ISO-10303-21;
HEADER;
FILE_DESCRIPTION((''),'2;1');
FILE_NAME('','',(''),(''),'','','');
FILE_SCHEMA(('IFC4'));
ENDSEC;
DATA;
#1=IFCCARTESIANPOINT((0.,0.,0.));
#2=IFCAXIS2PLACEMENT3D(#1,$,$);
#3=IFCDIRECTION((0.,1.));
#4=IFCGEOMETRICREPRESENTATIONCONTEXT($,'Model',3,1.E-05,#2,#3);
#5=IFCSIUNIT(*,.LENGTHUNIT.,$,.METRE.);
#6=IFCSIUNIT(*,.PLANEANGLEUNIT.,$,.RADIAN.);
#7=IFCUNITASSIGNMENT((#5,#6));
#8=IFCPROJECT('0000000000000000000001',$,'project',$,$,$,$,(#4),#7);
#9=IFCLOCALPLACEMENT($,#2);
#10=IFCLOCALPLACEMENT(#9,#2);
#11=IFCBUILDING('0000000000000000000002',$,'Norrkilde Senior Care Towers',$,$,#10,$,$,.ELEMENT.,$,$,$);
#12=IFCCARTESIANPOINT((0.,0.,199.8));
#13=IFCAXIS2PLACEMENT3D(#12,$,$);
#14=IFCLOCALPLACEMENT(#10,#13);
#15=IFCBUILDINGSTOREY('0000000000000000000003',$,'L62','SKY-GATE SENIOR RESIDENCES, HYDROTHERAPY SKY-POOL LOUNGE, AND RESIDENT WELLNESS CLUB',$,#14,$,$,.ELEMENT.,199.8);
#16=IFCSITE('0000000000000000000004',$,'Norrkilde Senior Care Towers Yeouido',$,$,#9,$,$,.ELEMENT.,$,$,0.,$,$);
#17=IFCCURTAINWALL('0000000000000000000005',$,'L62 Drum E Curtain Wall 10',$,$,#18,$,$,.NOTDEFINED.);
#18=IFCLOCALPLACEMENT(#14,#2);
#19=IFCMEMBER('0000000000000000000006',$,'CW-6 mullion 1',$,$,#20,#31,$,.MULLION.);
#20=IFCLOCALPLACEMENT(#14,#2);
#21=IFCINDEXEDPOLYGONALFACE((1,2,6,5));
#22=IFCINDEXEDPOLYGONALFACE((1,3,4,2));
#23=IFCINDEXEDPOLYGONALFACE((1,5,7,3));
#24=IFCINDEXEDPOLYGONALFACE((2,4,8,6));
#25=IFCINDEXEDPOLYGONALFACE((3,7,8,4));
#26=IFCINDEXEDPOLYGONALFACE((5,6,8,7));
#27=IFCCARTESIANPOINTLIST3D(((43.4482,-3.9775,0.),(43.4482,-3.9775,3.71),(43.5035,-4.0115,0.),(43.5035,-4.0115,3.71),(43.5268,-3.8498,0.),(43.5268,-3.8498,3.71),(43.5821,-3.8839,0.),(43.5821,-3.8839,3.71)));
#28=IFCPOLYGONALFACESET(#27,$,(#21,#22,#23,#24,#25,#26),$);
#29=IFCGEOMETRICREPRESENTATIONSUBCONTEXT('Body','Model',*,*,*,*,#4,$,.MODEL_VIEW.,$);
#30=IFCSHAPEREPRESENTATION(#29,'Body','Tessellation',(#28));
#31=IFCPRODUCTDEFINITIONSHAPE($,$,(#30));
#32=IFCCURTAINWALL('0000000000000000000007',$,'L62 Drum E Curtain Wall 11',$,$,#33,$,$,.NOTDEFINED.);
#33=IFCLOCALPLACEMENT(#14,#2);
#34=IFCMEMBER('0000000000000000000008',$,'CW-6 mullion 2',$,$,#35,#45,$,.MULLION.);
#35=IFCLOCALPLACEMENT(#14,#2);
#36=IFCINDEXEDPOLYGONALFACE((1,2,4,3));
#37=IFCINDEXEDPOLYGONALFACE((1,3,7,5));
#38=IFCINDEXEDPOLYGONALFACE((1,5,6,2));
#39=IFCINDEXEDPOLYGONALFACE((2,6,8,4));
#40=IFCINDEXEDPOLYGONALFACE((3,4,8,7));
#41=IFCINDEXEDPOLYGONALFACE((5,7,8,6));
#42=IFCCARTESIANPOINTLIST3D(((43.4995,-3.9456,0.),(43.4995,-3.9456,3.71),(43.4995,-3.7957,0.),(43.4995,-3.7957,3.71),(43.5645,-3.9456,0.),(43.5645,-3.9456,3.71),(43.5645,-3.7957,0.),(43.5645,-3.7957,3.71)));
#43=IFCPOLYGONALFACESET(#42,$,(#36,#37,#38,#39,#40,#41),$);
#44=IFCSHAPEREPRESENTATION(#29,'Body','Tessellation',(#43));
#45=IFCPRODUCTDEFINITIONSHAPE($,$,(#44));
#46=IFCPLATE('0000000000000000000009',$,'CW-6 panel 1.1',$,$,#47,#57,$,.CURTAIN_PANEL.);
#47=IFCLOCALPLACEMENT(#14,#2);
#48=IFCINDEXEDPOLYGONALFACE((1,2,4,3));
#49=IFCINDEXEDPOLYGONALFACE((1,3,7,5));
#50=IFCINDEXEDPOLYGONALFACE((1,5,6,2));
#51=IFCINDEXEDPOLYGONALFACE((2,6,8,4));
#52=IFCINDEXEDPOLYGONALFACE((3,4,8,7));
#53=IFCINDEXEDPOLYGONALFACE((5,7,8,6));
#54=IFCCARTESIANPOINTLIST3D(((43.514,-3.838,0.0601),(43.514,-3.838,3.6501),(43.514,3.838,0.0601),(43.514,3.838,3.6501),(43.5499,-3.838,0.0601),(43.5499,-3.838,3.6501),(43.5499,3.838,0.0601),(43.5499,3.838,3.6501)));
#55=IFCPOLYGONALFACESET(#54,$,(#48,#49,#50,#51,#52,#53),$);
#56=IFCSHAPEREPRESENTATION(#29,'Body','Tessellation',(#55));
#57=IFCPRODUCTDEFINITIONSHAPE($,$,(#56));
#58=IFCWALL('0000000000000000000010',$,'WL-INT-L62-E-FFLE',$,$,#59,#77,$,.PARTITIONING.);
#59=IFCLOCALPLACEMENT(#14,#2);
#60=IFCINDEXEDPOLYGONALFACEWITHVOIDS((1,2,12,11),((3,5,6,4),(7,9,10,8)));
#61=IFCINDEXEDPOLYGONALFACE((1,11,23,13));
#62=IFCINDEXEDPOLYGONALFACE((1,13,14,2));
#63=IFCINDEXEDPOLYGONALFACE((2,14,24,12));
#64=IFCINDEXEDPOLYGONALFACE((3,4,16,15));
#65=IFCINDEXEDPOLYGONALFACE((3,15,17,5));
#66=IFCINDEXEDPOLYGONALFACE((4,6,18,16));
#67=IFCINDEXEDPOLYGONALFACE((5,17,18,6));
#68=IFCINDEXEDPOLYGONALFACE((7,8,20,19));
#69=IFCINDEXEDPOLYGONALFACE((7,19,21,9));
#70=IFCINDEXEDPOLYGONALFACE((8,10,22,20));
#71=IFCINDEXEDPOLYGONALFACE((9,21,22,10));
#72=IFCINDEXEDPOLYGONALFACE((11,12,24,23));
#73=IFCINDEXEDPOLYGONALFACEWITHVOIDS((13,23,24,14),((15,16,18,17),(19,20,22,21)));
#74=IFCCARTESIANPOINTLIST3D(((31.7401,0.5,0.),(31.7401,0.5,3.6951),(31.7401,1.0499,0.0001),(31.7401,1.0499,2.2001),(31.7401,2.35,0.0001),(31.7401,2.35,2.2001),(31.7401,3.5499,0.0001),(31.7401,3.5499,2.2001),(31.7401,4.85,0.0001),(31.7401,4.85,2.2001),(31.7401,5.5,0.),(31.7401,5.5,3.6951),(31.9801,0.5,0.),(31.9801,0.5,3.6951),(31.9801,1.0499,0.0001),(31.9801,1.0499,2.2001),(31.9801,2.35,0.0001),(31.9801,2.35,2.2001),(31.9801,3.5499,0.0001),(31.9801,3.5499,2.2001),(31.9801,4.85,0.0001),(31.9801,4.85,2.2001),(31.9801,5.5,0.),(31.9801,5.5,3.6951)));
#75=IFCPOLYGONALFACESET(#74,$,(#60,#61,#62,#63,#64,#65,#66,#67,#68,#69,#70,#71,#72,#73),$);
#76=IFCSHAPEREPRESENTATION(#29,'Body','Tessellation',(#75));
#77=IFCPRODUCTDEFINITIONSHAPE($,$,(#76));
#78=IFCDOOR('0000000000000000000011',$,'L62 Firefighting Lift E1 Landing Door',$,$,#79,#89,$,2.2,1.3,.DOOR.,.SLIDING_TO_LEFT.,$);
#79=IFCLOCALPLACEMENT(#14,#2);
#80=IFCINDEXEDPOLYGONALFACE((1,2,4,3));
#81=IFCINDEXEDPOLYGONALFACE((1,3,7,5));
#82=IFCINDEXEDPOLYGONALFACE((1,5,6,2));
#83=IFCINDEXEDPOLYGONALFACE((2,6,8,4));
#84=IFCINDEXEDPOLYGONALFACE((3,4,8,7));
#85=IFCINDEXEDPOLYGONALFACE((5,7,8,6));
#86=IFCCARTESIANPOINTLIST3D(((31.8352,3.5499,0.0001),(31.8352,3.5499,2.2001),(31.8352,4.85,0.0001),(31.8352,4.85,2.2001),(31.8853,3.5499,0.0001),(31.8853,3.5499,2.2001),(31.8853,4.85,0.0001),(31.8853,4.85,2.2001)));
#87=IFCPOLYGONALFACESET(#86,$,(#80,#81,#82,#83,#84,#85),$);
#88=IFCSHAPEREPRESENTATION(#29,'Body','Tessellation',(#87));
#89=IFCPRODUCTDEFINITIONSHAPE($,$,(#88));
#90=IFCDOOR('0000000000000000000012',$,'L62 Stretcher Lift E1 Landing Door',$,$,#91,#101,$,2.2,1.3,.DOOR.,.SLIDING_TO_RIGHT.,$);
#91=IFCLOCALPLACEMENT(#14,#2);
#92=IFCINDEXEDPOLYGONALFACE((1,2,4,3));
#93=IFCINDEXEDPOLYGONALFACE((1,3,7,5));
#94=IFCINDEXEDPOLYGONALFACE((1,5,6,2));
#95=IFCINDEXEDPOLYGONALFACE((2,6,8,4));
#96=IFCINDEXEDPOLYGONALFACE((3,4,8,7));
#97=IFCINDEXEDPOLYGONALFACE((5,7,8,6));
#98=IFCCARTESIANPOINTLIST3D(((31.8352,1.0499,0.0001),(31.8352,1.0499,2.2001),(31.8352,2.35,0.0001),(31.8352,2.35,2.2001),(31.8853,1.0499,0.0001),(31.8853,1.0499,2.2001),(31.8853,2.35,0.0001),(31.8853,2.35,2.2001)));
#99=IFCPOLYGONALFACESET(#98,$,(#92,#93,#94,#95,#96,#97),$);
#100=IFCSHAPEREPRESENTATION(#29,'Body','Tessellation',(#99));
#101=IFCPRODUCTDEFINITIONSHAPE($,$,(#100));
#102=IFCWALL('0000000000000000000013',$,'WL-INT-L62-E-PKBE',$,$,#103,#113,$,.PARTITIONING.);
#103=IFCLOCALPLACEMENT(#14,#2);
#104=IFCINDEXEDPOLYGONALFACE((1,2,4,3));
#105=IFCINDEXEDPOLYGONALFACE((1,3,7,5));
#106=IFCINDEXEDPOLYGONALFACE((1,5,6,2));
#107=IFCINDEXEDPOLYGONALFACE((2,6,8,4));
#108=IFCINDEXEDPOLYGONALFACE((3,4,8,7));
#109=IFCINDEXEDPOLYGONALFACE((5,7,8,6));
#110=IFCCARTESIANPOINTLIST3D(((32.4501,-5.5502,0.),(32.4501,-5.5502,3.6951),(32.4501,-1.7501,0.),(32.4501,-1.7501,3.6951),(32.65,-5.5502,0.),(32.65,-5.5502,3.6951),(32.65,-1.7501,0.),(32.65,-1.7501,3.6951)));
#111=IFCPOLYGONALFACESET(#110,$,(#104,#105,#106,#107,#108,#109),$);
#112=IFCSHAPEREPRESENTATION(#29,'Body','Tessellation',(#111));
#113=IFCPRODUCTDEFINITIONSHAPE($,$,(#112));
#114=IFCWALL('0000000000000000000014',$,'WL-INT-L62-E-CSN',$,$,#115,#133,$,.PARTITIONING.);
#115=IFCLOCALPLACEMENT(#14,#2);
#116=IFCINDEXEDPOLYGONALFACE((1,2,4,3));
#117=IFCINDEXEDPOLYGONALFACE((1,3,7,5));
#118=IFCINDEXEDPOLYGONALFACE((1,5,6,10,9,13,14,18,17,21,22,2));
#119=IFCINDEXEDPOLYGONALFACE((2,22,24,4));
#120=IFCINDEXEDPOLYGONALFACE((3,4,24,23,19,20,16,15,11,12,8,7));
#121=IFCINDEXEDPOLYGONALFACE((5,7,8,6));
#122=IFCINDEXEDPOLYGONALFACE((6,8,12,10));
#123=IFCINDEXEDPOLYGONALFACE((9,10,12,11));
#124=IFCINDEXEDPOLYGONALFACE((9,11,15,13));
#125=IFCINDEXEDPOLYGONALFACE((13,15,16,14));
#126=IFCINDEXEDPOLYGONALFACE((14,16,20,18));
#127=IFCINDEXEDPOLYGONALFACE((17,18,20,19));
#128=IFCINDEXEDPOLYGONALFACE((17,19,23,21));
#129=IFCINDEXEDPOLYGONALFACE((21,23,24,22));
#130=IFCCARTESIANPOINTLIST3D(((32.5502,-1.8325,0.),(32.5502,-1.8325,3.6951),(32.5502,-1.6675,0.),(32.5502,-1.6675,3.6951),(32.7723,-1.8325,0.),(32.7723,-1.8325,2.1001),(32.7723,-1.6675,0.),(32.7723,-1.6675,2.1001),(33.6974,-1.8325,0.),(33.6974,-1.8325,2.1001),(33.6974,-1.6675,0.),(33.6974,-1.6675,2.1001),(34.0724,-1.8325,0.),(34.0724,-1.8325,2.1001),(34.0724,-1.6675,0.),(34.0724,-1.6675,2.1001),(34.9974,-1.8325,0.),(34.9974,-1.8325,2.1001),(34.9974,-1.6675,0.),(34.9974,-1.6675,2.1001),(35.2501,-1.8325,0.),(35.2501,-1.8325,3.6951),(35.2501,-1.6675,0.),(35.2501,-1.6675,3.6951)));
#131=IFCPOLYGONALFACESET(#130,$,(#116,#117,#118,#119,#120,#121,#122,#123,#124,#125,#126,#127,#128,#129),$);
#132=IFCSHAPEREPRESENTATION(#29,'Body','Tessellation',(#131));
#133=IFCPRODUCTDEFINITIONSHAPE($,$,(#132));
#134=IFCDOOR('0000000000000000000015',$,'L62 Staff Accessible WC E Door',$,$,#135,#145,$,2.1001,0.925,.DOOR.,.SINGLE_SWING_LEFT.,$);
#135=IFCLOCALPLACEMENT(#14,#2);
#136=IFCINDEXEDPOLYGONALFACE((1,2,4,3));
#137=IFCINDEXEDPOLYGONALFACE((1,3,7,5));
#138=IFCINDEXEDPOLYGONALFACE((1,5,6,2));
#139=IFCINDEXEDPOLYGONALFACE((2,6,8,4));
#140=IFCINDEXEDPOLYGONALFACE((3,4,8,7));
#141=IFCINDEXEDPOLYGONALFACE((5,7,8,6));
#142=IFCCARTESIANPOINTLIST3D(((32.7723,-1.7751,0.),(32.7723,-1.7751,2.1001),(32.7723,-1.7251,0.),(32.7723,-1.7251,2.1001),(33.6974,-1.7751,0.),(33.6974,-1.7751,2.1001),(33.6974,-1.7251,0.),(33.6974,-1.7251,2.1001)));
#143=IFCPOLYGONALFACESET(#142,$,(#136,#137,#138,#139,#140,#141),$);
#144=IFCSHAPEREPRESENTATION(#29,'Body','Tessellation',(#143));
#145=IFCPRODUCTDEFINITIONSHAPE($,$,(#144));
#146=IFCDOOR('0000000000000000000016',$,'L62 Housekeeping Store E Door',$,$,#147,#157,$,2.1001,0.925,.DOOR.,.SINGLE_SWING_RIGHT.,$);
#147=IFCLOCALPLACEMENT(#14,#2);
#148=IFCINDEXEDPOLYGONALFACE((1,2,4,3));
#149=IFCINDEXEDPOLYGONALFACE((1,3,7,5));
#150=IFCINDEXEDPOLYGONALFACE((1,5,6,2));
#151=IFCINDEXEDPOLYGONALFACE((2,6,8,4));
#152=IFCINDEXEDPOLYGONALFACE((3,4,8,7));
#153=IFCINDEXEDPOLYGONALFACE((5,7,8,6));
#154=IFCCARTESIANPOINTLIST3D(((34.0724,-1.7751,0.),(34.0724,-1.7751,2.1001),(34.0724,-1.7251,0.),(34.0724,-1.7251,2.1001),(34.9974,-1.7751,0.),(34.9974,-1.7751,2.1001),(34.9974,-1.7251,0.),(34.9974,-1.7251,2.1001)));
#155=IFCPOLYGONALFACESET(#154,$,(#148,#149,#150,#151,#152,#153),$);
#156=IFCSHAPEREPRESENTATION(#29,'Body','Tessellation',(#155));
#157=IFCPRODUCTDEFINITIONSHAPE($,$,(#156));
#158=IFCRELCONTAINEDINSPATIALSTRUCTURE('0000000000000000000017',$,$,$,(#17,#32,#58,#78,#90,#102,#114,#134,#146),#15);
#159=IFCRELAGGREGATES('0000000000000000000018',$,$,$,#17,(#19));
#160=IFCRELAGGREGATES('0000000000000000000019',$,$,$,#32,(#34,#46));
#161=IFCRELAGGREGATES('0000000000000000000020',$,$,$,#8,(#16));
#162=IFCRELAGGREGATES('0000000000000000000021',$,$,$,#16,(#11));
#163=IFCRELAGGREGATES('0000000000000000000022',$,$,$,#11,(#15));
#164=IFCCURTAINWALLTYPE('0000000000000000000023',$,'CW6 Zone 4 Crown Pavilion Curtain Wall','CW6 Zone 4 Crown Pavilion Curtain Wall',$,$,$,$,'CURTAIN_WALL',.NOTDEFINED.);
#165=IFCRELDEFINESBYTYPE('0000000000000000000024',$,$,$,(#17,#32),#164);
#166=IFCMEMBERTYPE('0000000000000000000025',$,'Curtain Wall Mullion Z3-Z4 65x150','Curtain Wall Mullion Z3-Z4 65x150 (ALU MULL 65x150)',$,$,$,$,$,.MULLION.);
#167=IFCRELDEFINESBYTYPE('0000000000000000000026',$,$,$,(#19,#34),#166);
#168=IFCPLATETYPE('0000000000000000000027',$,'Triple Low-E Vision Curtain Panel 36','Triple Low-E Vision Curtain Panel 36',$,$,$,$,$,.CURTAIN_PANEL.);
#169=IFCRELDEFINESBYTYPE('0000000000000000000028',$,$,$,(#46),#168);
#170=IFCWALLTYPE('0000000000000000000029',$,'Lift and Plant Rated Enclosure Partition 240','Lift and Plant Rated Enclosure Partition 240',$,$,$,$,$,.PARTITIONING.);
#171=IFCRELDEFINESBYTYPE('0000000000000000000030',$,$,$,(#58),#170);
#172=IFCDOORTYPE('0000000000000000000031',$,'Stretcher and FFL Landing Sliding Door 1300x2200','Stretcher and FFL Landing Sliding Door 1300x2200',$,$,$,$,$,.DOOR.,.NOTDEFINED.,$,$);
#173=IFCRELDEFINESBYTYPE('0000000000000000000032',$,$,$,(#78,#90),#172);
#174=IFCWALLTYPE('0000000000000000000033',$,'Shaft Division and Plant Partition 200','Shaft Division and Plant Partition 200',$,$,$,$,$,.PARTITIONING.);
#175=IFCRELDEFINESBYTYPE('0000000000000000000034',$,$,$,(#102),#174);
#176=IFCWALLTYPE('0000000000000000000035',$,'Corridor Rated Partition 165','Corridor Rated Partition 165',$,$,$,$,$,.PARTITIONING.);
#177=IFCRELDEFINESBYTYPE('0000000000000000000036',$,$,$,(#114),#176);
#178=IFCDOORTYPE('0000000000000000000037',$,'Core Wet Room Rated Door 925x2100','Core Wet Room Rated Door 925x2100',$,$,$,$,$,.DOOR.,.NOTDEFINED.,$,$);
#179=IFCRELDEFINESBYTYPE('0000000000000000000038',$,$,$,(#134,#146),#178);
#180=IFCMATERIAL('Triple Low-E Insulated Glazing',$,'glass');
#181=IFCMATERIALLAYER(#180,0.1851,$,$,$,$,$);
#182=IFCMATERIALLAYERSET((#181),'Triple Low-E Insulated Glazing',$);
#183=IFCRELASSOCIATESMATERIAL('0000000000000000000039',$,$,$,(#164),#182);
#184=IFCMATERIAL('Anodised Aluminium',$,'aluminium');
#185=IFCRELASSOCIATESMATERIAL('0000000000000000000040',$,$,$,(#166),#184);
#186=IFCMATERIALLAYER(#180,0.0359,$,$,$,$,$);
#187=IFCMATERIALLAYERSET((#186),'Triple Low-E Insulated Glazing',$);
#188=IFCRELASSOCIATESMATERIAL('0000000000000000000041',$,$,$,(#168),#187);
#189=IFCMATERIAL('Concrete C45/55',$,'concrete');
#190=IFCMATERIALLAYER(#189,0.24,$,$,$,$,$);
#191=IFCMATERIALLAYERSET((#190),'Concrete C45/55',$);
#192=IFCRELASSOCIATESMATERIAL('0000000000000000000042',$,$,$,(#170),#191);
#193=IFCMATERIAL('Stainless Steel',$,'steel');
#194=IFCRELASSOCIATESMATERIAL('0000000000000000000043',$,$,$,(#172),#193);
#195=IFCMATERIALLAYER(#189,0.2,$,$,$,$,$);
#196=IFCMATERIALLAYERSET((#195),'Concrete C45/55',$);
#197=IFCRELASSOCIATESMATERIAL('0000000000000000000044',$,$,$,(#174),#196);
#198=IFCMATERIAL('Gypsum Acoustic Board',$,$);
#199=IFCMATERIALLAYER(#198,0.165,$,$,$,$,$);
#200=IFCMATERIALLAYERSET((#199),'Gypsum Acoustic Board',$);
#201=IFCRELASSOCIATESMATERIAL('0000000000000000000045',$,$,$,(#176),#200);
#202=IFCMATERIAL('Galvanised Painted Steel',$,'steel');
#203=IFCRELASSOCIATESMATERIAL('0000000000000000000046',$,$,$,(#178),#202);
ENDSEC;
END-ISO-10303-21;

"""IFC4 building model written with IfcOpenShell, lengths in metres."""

from ifc_helpers import new_model, si_unit, direction, frame, frame_2d, origin, origin_2d, place, context, subcontext, project, spatial, rectangle, extrude, source, transform, mapped, material, layer, layer_set, material_profile, profile_set, type_object, type_shapes, element, fill, aggregate, save


model = new_model("IFC4")

# Units and contexts
model_context = context("Model", 3, precision=1e-05, world=origin(), true_north=direction((0.0, 1.0)))
body_context = subcontext(model_context, "Body", "Model", "MODEL_VIEW")
ifc_project = project(units=[si_unit("LENGTHUNIT", "METRE"), si_unit("PLANEANGLEUNIT", "RADIAN")], contexts=[model_context])

# Site, building, storey
site_placement = place(None, origin())
site = spatial("IfcSite", under=ifc_project, at=site_placement, Name="Norrkilde Senior Care Towers Yeouido", CompositionType="ELEMENT", RefElevation=0.0)
building_placement = place(site_placement, origin())
building = spatial("IfcBuilding", under=site, at=building_placement, Name="Norrkilde Senior Care Towers", CompositionType="ELEMENT")
storey_placement = place(building_placement, frame((0.0, 0.0, 199.8)))
storey = spatial("IfcBuildingStorey", under=building, at=storey_placement, Name="L62", Description="SKY-GATE SENIOR RESIDENCES, HYDROTHERAPY SKY-POOL LOUNGE, AND RESIDENT WELLNESS CLUB", CompositionType="ELEMENT", Elevation=199.8)

# Curtain wall, member
ifc_material_1 = material(Name="Triple Low-E Insulated Glazing", Category="glass")
ifc_layer_1 = layer(ifc_material_1, 0.1851)
ifc_layer_set_1 = layer_set([ifc_layer_1], Name="Triple Low-E Insulated Glazing")
curtain_wall_type = type_object("IfcCurtainWallType", Name="CW6 Zone 4 Crown Pavilion Curtain Wall", Description="CW6 Zone 4 Crown Pavilion Curtain Wall", ElementType="CURTAIN_WALL", PredefinedType="NOTDEFINED", material=ifc_layer_set_1)
curtain_wall_1_placement = place(storey_placement, origin())
curtain_wall_1 = element("IfcCurtainWall", 1, at=curtain_wall_1_placement, inside=storey, type_object=curtain_wall_type, Name="L62 Drum E Curtain Wall 10", PredefinedType="NOTDEFINED")
ifc_material_2 = material(Name="Anodised Aluminium", Category="aluminium")
ifc_material_profile_1 = material_profile(ifc_material_2, rectangle(XDim=0.0649, YDim=0.1499, at=origin_2d()), Name="ALU MULL 65x150")
ifc_profile_set_1 = profile_set([ifc_material_profile_1], Name="Anodised Aluminium")
member_type_1 = type_object("IfcMemberType", Name="Curtain Wall Mullion Z3-Z4 65x150", Description="Curtain Wall Mullion Z3-Z4 65x150 (ALU MULL 65x150)", PredefinedType="MULLION", material=ifc_profile_set_1)
shared_shape_1 = source(origin(), body_context, "Body", "SweptSolid", [
    extrude(rectangle(XDim=0.0649, YDim=0.1499, at=origin_2d()), origin(), (0.0, 0.0, 1.0), 3.71),
])
type_shapes(member_type_1, [shared_shape_1])
member_1_placement = place(storey_placement, frame((43.5151, -3.9307, 0.0), z_axis=(0.0, 0.0, 1.0), x_axis=(0.851563, -0.524253, 0.0)))
member_1 = element("IfcMember", 2, at=member_1_placement, type_object=member_type_1, Name="CW-6 mullion 1", PredefinedType="MULLION", context=body_context, shape_type="MappedRepresentation", body=[
    mapped(shared_shape_1, transform((0.0, 0.0, 0.0), x_axis=(1.0, 0.0, 0.0), y_axis=(0.0, 1.0, 0.0), z_axis=(0.0, 0.0, 1.0), scale=1.0)),
])
aggregate(curtain_wall_1, [member_1])

# Curtain wall, member, plate
curtain_wall_2_placement = place(storey_placement, origin())
curtain_wall_2 = element("IfcCurtainWall", 3, at=curtain_wall_2_placement, inside=storey, type_object=curtain_wall_type, Name="L62 Drum E Curtain Wall 11", PredefinedType="NOTDEFINED")
member_2_placement = place(storey_placement, frame((43.532, -3.8706, 0.0), z_axis=(0.0, 0.0, 1.0), x_axis=(1.0, 0.0, 0.0)))
member_2 = element("IfcMember", 4, at=member_2_placement, type_object=member_type_1, Name="CW-6 mullion 2", PredefinedType="MULLION", context=body_context, shape_type="MappedRepresentation", body=[
    mapped(shared_shape_1, transform((0.0, 0.0, 0.0), x_axis=(1.0, 0.0, 0.0), y_axis=(0.0, 1.0, 0.0), z_axis=(0.0, 0.0, 1.0), scale=1.0)),
])
ifc_layer_2 = layer(ifc_material_1, 0.0359)
ifc_layer_set_2 = layer_set([ifc_layer_2], Name="Triple Low-E Insulated Glazing")
plate_type = type_object("IfcPlateType", Name="Triple Low-E Vision Curtain Panel 36", Description="Triple Low-E Vision Curtain Panel 36", PredefinedType="CURTAIN_PANEL", material=ifc_layer_set_2)
shared_shape_2 = source(origin(), body_context, "Body", "SweptSolid", [
    extrude(rectangle(XDim=7.676, YDim=0.0359, at=origin_2d()), origin(), (0.0, 0.0, 1.0), 3.5901),
])
type_shapes(plate_type, [shared_shape_2])
plate_placement = place(storey_placement, frame((43.532, 0.0, 0.0601), z_axis=(0.0, 0.0, 1.0), x_axis=(0.0, -1.0, 0.0)))
plate = element("IfcPlate", 5, at=plate_placement, type_object=plate_type, Name="CW-6 panel 1.1", PredefinedType="CURTAIN_PANEL", context=body_context, shape_type="MappedRepresentation", body=[
    mapped(shared_shape_2, transform((0.0, 0.0, 0.0), x_axis=(1.0, 0.0, 0.0), y_axis=(0.0, 1.0, 0.0), z_axis=(0.0, 0.0, 1.0), scale=1.0)),
])
aggregate(curtain_wall_2, [member_2, plate])

# Wall, openings, doors
ifc_material_3 = material(Name="Concrete C45/55", Category="concrete")
ifc_layer_3 = layer(ifc_material_3, 0.24)
ifc_layer_set_3 = layer_set([ifc_layer_3], Name="Concrete C45/55")
wall_type_1 = type_object("IfcWallType", Name="Lift and Plant Rated Enclosure Partition 240", Description="Lift and Plant Rated Enclosure Partition 240", PredefinedType="PARTITIONING", material=ifc_layer_set_3)
shared_shape_3 = source(origin(), body_context, "Body", "SweptSolid", [
    extrude(rectangle(XDim=5.0, YDim=0.24, at=frame_2d((2.5, 0.0))), origin(), (0.0, 0.0, 1.0), 3.6951),
])
type_shapes(wall_type_1, [shared_shape_3])
wall_1_placement = place(storey_placement, frame((31.8601, 0.5, 0.0), z_axis=(0.0, 0.0, 1.0), x_axis=(0.0, 1.0, 0.0)))
wall_1 = element("IfcWall", 6, at=wall_1_placement, inside=storey, type_object=wall_type_1, Name="WL-INT-L62-E-FFLE", PredefinedType="PARTITIONING", context=body_context, shape_type="MappedRepresentation", body=[
    mapped(shared_shape_3, transform((0.0, 0.0, 0.0), x_axis=(1.0, 0.0, 0.0), y_axis=(0.0, 1.0, 0.0), z_axis=(0.0, 0.0, 1.0), scale=1.0)),
])
opening_1_placement = place(wall_1_placement, frame((3.05, 0.0, 0.0)))
opening_1 = element("IfcOpeningElement", 7, at=opening_1_placement, cuts=wall_1, PredefinedType="OPENING", context=body_context, shape_type="SweptSolid", body=[
    extrude(rectangle(XDim=1.3, YDim=2.2, at=frame_2d((0.6499, 1.1001))), frame((0.0, 0.1299, 0.0), z_axis=(0.0, -1.0, 0.0), x_axis=(1.0, 0.0, 0.0)), (0.0, 0.0, 1.0), 0.26),
])
opening_2_placement = place(wall_1_placement, frame((0.55, 0.0, 0.0)))
opening_2 = element("IfcOpeningElement", 8, at=opening_2_placement, cuts=wall_1, PredefinedType="OPENING", context=body_context, shape_type="SweptSolid", body=[
    extrude(rectangle(XDim=1.3, YDim=2.2, at=frame_2d((0.6499, 1.1001))), frame((0.0, 0.1299, 0.0), z_axis=(0.0, -1.0, 0.0), x_axis=(1.0, 0.0, 0.0)), (0.0, 0.0, 1.0), 0.26),
])
ifc_material_4 = material(Name="Stainless Steel", Category="steel")
door_type_1 = type_object("IfcDoorType", Name="Stretcher and FFL Landing Sliding Door 1300x2200", Description="Stretcher and FFL Landing Sliding Door 1300x2200", OperationType="NOTDEFINED", PredefinedType="DOOR", material=ifc_material_4)
shared_shape_4 = source(origin(), body_context, "Body", "SweptSolid", [
    extrude(rectangle(XDim=1.3, YDim=2.2, at=frame_2d((0.6499, 1.1001))), frame((0.0, 0.0249, 0.0), z_axis=(0.0, -1.0, 0.0), x_axis=(1.0, 0.0, 0.0)), (0.0, 0.0, 1.0), 0.05),
])
type_shapes(door_type_1, [shared_shape_4])
door_1_placement = place(opening_1_placement, origin())
door_1 = element("IfcDoor", 9, at=door_1_placement, inside=storey, type_object=door_type_1, Name="L62 Firefighting Lift E1 Landing Door", OperationType="SLIDING_TO_LEFT", OverallHeight=2.2, OverallWidth=1.3, PredefinedType="DOOR", context=body_context, shape_type="MappedRepresentation", body=[
    mapped(shared_shape_4, transform((0.0, 0.0, 0.0), x_axis=(1.0, 0.0, 0.0), y_axis=(0.0, 1.0, 0.0), z_axis=(0.0, 0.0, 1.0), scale=1.0)),
])
fill(opening_1, door_1)
door_2_placement = place(opening_2_placement, origin())
door_2 = element("IfcDoor", 10, at=door_2_placement, inside=storey, type_object=door_type_1, Name="L62 Stretcher Lift E1 Landing Door", OperationType="SLIDING_TO_RIGHT", OverallHeight=2.2, OverallWidth=1.3, PredefinedType="DOOR", context=body_context, shape_type="MappedRepresentation", body=[
    mapped(shared_shape_4, transform((0.0, 0.0, 0.0), x_axis=(1.0, 0.0, 0.0), y_axis=(0.0, 1.0, 0.0), z_axis=(0.0, 0.0, 1.0), scale=1.0)),
])
fill(opening_2, door_2)

# Wall
ifc_layer_4 = layer(ifc_material_3, 0.2)
ifc_layer_set_4 = layer_set([ifc_layer_4], Name="Concrete C45/55")
wall_type_2 = type_object("IfcWallType", Name="Shaft Division and Plant Partition 200", Description="Shaft Division and Plant Partition 200", PredefinedType="PARTITIONING", material=ifc_layer_set_4)
shared_shape_5 = source(origin(), body_context, "Body", "SweptSolid", [
    extrude(rectangle(XDim=3.8, YDim=0.2, at=frame_2d((1.8999, 0.0))), origin(), (0.0, 0.0, 1.0), 3.6951),
])
type_shapes(wall_type_2, [shared_shape_5])
wall_2_placement = place(storey_placement, frame((32.55, -5.55, 0.0), z_axis=(0.0, 0.0, 1.0), x_axis=(0.0, 1.0, 0.0)))
element("IfcWall", 11, at=wall_2_placement, inside=storey, type_object=wall_type_2, Name="WL-INT-L62-E-PKBE", PredefinedType="PARTITIONING", context=body_context, shape_type="MappedRepresentation", body=[
    mapped(shared_shape_5, transform((0.0, 0.0, 0.0), x_axis=(1.0, 0.0, 0.0), y_axis=(0.0, 1.0, 0.0), z_axis=(0.0, 0.0, 1.0), scale=1.0)),
])

# Wall, openings, doors
ifc_material_5 = material(Name="Gypsum Acoustic Board")
ifc_layer_5 = layer(ifc_material_5, 0.165)
ifc_layer_set_5 = layer_set([ifc_layer_5], Name="Gypsum Acoustic Board")
wall_type_3 = type_object("IfcWallType", Name="Corridor Rated Partition 165", Description="Corridor Rated Partition 165", PredefinedType="PARTITIONING", material=ifc_layer_set_5)
shared_shape_6 = source(origin(), body_context, "Body", "SweptSolid", [
    extrude(rectangle(XDim=2.7, YDim=0.165, at=frame_2d((1.3501, 0.0))), origin(), (0.0, 0.0, 1.0), 3.6951),
])
wall_3_placement = place(storey_placement, frame((32.55, -1.75, 0.0), z_axis=(0.0, 0.0, 1.0), x_axis=(1.0, 0.0, 0.0)))
wall_3 = element("IfcWall", 12, at=wall_3_placement, inside=storey, type_object=wall_type_3, Name="WL-INT-L62-E-CSN", PredefinedType="PARTITIONING", context=body_context, shape_type="MappedRepresentation", body=[
    mapped(shared_shape_6, transform((0.0, 0.0, 0.0), x_axis=(1.0, 0.0, 0.0), y_axis=(0.0, 1.0, 0.0), z_axis=(0.0, 0.0, 1.0), scale=1.0)),
])
opening_3_placement = place(wall_3_placement, frame((0.2224, 0.0, 0.0)))
opening_3 = element("IfcOpeningElement", 13, at=opening_3_placement, cuts=wall_3, PredefinedType="OPENING", context=body_context, shape_type="SweptSolid", body=[
    extrude(rectangle(XDim=0.925, YDim=2.1001, at=frame_2d((0.4624, 1.05))), frame((0.0, 0.0925, 0.0), z_axis=(0.0, -1.0, 0.0), x_axis=(1.0, 0.0, 0.0)), (0.0, 0.0, 1.0), 0.1851),
])
opening_4_placement = place(wall_3_placement, frame((1.5225, 0.0, 0.0)))
opening_4 = element("IfcOpeningElement", 14, at=opening_4_placement, cuts=wall_3, PredefinedType="OPENING", context=body_context, shape_type="SweptSolid", body=[
    extrude(rectangle(XDim=0.925, YDim=2.1001, at=frame_2d((0.4624, 1.05))), frame((0.0, 0.0925, 0.0), z_axis=(0.0, -1.0, 0.0), x_axis=(1.0, 0.0, 0.0)), (0.0, 0.0, 1.0), 0.1851),
])
ifc_material_6 = material(Name="Galvanised Painted Steel", Category="steel")
door_type_2 = type_object("IfcDoorType", Name="Core Wet Room Rated Door 925x2100", Description="Core Wet Room Rated Door 925x2100", OperationType="NOTDEFINED", PredefinedType="DOOR", material=ifc_material_6)
shared_shape_7 = source(origin(), body_context, "Body", "SweptSolid", [
    extrude(rectangle(XDim=0.925, YDim=2.1001, at=frame_2d((0.4624, 1.05))), frame((0.0, 0.0249, 0.0), z_axis=(0.0, -1.0, 0.0), x_axis=(1.0, 0.0, 0.0)), (0.0, 0.0, 1.0), 0.05),
])
type_shapes(door_type_2, [shared_shape_7])
door_3_placement = place(opening_3_placement, origin())
door_3 = element("IfcDoor", 15, at=door_3_placement, inside=storey, type_object=door_type_2, Name="L62 Staff Accessible WC E Door", OperationType="SINGLE_SWING_LEFT", OverallHeight=2.1001, OverallWidth=0.925, PredefinedType="DOOR", context=body_context, shape_type="MappedRepresentation", body=[
    mapped(shared_shape_7, transform((0.0, 0.0, 0.0), x_axis=(1.0, 0.0, 0.0), y_axis=(0.0, 1.0, 0.0), z_axis=(0.0, 0.0, 1.0), scale=1.0)),
])
fill(opening_3, door_3)
door_4_placement = place(opening_4_placement, origin())
door_4 = element("IfcDoor", 16, at=door_4_placement, inside=storey, type_object=door_type_2, Name="L62 Housekeeping Store E Door", OperationType="SINGLE_SWING_RIGHT", OverallHeight=2.1001, OverallWidth=0.925, PredefinedType="DOOR", context=body_context, shape_type="MappedRepresentation", body=[
    mapped(shared_shape_7, transform((0.0, 0.0, 0.0), x_axis=(1.0, 0.0, 0.0), y_axis=(0.0, 1.0, 0.0), z_axis=(0.0, 0.0, 1.0), scale=1.0)),
])
fill(opening_4, door_4)

save(model, "model.ifc")
